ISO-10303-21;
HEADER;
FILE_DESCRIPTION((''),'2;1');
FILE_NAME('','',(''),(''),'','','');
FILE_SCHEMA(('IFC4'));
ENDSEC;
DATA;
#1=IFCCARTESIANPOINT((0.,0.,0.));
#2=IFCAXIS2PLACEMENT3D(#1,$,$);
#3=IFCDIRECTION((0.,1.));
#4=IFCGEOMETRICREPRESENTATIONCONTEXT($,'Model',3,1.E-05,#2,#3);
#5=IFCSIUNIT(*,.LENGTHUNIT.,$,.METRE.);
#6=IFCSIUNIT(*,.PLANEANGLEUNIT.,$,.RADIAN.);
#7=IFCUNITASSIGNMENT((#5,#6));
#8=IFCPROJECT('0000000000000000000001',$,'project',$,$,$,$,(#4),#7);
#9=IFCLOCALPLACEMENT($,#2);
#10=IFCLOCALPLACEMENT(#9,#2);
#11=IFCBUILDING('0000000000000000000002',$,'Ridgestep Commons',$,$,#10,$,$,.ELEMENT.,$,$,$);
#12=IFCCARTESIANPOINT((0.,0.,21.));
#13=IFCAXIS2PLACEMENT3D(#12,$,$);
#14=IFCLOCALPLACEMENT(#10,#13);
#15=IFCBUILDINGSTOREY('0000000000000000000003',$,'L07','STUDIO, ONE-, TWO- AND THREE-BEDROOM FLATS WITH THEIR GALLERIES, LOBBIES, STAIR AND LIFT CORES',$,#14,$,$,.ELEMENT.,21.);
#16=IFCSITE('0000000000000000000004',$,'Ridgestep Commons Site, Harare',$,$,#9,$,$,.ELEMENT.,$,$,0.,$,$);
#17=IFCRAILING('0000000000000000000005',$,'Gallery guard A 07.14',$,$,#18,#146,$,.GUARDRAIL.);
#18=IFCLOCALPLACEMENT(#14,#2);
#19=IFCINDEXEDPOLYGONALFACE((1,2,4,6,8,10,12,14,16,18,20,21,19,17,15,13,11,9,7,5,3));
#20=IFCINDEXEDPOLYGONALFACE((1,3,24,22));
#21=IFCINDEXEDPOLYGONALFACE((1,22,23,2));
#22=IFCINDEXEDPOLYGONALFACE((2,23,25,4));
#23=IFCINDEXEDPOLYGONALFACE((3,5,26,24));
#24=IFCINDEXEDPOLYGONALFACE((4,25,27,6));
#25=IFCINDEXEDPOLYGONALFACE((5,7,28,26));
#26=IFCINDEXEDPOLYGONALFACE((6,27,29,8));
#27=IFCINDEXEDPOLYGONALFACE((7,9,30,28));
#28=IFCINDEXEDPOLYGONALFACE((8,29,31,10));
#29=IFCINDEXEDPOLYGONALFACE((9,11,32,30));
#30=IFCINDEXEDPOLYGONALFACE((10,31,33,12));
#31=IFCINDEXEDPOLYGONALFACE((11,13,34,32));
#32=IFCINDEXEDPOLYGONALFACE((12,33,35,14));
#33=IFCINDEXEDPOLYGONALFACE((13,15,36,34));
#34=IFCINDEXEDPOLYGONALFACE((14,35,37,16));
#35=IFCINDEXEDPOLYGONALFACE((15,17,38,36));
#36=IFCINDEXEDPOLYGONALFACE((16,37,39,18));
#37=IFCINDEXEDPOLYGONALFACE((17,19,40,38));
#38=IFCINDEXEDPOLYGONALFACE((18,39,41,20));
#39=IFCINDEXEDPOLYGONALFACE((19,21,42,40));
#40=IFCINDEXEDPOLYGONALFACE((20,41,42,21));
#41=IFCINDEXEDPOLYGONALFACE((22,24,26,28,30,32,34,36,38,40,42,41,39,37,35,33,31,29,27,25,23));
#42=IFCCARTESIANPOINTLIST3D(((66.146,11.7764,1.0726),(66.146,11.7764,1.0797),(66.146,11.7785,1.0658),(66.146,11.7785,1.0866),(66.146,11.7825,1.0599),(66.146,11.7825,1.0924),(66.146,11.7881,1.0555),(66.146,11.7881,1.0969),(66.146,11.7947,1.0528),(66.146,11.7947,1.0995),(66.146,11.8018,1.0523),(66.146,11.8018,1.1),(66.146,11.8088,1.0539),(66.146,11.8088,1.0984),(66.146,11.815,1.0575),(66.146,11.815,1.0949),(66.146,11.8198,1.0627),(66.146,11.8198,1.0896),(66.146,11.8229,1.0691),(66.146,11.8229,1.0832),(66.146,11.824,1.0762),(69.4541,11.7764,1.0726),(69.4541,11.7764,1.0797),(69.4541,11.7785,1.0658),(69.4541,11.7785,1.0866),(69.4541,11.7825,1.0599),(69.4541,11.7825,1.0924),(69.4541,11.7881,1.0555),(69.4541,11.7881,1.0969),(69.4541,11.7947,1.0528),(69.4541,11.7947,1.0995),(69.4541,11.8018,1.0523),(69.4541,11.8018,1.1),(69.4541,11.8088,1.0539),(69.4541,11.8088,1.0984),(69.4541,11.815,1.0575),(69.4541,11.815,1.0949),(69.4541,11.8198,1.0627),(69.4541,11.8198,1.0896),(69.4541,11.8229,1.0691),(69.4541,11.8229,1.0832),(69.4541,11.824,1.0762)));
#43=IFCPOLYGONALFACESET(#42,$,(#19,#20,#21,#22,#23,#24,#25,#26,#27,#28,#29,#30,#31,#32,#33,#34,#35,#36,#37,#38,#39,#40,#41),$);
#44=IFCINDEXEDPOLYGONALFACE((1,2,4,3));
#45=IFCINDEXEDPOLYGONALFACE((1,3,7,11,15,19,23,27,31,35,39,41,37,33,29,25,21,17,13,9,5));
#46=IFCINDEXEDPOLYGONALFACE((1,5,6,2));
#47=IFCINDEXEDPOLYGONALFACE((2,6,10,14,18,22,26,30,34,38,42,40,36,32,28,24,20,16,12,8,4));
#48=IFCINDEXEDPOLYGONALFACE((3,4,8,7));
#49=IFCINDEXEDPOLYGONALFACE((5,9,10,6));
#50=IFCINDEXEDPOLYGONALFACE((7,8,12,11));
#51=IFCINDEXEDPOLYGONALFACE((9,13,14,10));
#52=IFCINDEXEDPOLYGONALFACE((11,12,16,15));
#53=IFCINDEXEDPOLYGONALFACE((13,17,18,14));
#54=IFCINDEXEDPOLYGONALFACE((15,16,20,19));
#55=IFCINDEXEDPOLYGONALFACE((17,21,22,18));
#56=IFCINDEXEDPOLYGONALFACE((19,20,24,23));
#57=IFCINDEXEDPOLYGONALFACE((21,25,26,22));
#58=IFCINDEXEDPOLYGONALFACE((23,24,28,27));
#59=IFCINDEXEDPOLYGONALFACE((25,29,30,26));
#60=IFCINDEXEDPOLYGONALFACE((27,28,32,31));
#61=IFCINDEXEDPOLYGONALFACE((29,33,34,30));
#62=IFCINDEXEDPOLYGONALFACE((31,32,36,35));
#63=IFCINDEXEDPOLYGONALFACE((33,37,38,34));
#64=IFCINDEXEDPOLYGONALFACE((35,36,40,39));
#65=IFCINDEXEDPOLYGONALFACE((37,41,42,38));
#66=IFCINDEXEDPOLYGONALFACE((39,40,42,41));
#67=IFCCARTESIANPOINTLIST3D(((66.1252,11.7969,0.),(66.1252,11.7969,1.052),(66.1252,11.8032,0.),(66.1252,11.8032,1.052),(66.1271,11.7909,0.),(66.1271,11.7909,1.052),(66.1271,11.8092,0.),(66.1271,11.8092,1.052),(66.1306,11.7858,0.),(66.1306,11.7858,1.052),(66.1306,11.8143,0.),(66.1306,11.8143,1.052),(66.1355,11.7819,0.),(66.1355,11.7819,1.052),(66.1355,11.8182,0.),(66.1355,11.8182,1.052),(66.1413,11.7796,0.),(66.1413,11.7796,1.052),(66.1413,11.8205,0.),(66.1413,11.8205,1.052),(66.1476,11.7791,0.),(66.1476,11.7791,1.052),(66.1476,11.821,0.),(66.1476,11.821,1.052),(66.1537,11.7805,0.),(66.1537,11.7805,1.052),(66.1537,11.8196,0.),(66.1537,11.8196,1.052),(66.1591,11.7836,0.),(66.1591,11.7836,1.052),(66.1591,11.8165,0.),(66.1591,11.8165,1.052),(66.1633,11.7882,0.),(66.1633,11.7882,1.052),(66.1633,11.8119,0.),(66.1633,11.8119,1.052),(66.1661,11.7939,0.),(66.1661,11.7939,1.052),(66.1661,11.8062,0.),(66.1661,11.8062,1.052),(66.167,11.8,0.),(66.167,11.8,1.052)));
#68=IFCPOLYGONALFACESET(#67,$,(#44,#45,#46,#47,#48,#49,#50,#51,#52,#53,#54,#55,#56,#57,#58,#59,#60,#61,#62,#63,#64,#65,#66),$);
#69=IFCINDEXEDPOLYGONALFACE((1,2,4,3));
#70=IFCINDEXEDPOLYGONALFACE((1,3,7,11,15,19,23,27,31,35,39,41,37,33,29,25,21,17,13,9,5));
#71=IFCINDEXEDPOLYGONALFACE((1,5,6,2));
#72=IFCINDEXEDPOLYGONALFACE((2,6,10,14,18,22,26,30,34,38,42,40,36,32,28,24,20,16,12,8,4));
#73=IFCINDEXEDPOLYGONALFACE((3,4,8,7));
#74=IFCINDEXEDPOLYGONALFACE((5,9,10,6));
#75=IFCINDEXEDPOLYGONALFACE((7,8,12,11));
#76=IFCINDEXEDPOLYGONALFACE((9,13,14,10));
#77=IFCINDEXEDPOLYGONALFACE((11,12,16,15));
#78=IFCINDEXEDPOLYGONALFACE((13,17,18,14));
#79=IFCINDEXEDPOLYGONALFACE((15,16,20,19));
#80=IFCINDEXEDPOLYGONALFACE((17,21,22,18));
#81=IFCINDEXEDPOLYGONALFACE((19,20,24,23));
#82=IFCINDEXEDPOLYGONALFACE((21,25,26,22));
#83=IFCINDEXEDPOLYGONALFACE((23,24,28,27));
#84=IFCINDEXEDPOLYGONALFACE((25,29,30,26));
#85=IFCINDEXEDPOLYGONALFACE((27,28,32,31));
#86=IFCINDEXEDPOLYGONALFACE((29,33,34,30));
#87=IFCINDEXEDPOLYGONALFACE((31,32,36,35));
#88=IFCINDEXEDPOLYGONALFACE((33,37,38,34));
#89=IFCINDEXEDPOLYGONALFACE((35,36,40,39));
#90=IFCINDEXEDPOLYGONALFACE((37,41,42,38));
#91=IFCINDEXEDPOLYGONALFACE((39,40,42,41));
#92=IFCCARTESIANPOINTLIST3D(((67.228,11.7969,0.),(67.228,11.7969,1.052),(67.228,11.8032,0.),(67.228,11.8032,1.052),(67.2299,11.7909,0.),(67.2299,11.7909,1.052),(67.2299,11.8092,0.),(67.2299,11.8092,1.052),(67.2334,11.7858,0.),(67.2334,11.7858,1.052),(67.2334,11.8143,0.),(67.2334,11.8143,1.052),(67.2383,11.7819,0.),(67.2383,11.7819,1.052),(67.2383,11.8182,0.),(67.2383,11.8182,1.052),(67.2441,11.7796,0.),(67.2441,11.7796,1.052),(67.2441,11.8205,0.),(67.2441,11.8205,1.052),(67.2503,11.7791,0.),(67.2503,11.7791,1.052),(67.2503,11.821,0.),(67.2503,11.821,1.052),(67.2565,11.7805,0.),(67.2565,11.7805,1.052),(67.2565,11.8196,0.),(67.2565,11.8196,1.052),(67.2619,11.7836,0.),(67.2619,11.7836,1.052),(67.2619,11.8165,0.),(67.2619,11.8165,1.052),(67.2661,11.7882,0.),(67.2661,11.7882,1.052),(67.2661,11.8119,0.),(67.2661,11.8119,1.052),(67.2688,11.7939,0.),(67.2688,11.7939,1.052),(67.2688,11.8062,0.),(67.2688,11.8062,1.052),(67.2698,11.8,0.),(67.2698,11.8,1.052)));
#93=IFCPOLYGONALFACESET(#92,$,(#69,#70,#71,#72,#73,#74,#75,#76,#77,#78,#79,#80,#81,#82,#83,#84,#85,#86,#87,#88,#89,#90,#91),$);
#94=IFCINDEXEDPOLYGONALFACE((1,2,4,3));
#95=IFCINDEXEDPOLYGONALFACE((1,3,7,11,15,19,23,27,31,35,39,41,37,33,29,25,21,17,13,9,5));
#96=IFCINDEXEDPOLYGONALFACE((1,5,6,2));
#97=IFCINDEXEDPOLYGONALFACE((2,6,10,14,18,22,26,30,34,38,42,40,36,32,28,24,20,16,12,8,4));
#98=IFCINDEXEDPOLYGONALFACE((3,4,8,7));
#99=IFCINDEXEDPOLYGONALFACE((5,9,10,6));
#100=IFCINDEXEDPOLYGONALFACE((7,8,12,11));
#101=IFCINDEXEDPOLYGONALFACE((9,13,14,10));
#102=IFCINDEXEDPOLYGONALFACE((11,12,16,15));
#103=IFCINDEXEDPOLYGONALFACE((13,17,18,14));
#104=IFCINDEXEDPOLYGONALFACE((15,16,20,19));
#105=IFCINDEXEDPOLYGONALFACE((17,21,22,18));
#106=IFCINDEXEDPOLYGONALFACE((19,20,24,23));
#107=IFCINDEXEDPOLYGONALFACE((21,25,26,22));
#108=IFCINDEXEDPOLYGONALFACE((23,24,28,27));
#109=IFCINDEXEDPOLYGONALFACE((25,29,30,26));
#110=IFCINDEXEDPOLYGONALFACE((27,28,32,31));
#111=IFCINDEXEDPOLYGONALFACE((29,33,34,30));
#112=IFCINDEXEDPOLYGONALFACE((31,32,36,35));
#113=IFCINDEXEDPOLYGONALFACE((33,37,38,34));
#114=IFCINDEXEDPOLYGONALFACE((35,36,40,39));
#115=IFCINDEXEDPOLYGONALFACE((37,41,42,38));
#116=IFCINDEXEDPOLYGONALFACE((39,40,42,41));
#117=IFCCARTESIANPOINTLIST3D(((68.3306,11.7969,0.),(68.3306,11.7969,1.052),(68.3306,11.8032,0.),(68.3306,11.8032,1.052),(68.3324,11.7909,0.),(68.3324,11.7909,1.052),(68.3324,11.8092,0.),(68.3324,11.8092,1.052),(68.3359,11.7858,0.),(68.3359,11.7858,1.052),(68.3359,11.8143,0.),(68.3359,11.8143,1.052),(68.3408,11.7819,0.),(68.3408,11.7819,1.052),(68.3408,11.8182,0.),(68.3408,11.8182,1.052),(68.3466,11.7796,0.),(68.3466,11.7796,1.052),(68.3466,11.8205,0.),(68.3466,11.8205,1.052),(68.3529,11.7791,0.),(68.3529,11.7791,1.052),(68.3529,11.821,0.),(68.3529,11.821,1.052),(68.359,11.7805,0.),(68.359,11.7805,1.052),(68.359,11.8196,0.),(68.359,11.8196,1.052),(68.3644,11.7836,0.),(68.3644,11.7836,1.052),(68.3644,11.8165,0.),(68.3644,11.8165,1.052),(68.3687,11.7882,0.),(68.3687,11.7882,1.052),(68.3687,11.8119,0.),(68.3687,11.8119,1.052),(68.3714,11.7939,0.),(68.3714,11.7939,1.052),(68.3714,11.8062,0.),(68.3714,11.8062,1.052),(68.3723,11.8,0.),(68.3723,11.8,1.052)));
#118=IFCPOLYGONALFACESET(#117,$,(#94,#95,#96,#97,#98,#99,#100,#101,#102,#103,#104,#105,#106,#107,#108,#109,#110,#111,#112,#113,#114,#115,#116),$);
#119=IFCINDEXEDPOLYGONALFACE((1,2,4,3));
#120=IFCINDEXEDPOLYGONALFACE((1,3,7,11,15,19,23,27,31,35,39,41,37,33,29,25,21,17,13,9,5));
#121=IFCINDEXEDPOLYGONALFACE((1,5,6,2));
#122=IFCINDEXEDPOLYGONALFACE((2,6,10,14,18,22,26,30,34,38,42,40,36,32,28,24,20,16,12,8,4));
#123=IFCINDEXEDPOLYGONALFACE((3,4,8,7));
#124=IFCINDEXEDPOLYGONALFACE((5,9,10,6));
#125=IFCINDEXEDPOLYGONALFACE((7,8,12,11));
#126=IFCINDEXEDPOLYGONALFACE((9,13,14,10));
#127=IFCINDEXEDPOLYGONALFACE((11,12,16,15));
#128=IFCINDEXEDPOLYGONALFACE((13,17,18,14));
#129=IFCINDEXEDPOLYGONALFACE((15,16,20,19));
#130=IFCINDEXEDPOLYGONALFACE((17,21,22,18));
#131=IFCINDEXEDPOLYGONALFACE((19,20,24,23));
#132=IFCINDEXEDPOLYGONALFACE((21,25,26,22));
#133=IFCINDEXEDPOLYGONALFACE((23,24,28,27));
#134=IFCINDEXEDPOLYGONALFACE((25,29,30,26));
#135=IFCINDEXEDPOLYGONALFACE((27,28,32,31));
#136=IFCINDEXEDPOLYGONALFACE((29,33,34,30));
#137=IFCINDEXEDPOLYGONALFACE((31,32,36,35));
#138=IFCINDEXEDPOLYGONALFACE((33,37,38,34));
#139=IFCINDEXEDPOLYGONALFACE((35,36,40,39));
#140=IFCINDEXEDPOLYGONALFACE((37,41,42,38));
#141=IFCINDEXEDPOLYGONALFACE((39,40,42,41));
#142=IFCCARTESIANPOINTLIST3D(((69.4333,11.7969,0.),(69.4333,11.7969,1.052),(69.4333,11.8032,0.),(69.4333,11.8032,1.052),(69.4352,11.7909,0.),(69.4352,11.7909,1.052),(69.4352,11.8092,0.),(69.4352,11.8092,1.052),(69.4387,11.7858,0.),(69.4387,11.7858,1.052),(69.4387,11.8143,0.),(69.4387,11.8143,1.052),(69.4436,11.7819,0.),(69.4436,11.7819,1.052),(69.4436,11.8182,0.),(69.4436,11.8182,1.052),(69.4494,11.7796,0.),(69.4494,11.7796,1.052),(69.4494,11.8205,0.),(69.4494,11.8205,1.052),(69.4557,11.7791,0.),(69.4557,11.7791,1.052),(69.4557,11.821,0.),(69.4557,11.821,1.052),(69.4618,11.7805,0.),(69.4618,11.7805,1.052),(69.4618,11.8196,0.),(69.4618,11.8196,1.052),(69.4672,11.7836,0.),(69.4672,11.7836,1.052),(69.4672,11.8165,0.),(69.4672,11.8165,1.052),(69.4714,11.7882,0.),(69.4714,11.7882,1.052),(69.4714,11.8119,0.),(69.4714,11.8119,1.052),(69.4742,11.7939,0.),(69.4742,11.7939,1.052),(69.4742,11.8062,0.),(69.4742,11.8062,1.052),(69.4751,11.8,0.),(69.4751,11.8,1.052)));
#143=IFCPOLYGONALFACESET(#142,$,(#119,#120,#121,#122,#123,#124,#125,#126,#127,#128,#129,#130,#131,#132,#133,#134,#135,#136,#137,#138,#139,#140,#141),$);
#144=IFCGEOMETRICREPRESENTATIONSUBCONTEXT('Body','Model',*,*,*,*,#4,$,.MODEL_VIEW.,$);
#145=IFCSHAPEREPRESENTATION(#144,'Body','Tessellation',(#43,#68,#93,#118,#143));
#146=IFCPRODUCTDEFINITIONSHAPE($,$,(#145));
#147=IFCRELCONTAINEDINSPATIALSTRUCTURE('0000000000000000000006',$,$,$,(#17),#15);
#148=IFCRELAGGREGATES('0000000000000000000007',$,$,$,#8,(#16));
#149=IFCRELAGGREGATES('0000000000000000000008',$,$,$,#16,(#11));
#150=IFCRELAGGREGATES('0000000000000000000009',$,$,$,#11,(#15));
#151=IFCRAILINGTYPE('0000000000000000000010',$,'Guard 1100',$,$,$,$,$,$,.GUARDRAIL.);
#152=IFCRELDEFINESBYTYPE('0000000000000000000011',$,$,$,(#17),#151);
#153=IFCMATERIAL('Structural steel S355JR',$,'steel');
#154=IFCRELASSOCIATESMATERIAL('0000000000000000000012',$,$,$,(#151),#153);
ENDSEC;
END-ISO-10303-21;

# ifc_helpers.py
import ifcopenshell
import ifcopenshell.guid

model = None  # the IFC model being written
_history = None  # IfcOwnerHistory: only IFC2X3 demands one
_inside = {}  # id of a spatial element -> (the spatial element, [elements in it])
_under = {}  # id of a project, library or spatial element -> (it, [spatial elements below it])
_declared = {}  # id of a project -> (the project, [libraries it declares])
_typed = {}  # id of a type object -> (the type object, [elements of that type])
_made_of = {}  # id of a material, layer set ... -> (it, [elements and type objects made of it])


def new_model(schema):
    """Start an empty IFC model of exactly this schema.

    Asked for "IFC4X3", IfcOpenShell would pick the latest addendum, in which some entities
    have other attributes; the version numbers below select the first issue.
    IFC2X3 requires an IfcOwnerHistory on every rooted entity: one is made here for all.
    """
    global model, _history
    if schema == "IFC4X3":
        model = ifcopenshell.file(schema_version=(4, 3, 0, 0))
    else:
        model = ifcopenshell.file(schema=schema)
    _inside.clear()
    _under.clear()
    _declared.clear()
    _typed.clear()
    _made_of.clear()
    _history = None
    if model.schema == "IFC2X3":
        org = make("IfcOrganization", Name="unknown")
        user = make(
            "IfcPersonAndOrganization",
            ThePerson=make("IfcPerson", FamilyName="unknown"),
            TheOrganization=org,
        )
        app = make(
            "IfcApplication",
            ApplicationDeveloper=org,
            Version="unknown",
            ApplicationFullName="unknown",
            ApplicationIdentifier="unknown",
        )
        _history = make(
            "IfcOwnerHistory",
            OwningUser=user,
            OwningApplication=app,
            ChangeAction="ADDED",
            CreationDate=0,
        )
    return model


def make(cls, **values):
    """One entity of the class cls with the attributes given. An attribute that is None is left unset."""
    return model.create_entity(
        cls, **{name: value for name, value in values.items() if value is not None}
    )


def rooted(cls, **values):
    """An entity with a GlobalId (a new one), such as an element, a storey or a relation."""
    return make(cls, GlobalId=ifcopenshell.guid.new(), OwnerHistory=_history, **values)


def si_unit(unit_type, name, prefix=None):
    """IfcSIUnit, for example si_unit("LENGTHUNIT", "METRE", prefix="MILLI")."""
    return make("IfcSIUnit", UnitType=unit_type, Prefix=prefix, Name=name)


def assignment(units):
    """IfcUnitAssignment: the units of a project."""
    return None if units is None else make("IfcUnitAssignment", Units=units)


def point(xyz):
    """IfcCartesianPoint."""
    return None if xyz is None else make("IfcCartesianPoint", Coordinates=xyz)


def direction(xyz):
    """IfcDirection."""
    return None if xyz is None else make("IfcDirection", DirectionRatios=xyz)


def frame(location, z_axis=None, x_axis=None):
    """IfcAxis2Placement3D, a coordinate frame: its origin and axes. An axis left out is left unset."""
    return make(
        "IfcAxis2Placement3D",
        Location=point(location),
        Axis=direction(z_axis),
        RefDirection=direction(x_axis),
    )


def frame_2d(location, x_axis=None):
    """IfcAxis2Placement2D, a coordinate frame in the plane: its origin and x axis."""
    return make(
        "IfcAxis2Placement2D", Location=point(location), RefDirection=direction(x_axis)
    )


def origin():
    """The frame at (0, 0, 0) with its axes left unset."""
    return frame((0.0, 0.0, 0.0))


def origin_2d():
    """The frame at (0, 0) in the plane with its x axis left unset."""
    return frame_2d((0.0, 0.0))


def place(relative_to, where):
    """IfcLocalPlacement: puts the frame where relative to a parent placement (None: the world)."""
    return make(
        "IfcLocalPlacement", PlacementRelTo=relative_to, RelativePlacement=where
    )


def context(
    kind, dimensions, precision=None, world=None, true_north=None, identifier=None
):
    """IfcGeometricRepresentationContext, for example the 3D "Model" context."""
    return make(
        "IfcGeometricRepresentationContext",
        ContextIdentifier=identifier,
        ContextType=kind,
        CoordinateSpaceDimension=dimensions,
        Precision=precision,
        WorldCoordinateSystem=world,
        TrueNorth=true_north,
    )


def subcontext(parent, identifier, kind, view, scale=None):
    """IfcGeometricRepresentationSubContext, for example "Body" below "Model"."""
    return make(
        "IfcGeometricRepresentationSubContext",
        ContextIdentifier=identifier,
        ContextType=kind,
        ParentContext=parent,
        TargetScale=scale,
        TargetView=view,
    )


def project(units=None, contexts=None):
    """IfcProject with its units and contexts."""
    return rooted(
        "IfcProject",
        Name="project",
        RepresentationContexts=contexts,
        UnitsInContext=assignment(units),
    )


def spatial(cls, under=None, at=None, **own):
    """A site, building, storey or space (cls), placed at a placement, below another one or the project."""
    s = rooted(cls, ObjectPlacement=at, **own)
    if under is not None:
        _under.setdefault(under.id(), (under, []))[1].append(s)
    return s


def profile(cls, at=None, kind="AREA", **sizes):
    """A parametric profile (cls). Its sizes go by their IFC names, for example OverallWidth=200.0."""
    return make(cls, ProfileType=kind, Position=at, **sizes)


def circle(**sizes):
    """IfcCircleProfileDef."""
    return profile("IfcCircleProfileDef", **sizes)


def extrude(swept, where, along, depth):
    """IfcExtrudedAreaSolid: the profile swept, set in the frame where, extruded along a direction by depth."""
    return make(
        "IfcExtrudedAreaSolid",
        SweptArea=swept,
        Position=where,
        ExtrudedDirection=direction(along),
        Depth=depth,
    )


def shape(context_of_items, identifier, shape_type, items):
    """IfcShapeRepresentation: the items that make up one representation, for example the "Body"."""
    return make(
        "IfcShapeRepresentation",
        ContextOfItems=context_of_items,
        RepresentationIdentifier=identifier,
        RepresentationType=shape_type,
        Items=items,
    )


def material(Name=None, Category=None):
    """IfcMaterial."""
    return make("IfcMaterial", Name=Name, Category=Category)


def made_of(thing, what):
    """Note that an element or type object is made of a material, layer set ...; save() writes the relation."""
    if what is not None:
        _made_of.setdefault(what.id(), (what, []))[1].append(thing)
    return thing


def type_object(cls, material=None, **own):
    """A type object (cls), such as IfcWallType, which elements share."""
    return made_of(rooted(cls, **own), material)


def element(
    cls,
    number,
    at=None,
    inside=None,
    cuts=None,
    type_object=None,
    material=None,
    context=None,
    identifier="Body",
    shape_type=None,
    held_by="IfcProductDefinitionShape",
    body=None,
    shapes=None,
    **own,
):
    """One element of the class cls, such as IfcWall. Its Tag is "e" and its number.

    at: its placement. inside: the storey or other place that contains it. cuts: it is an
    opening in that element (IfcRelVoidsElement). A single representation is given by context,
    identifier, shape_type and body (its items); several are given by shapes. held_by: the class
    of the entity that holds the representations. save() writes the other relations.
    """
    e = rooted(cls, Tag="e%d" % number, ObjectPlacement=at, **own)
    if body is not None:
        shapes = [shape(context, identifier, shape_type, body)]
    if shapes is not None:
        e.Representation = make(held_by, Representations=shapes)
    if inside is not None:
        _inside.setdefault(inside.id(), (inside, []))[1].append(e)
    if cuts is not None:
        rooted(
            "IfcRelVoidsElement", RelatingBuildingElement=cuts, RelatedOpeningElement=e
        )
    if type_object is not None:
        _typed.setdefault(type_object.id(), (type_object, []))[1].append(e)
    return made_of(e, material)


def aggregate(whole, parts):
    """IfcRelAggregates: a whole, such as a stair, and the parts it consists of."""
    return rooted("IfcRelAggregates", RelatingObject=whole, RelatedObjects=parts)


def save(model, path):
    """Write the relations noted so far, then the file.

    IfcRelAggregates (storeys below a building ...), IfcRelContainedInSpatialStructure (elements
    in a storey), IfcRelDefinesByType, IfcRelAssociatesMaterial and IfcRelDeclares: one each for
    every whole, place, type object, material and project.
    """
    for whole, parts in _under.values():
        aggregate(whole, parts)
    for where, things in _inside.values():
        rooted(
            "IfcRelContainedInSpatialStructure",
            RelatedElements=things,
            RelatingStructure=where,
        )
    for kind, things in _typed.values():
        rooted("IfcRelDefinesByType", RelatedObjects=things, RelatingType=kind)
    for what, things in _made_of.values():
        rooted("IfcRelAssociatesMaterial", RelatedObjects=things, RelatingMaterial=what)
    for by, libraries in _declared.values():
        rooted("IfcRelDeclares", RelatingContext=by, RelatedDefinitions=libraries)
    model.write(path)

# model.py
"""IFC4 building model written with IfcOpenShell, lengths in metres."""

from ifc_helpers import new_model, si_unit, direction, frame, origin, origin_2d, place, context, subcontext, project, spatial, circle, extrude, material, type_object, element, save


model = new_model("IFC4")

# Units and contexts
model_context = context("Model", 3, precision=1e-05, world=origin(), true_north=direction((0.0, 1.0)))
body_context = subcontext(model_context, "Body", "Model", "MODEL_VIEW")
ifc_project = project(units=[si_unit("LENGTHUNIT", "METRE"), si_unit("PLANEANGLEUNIT", "RADIAN")], contexts=[model_context])

# Site, building, storey
site_placement = place(None, origin())
site = spatial("IfcSite", under=ifc_project, at=site_placement, Name="Ridgestep Commons Site, Harare", CompositionType="ELEMENT", RefElevation=0.0)
building_placement = place(site_placement, origin())
building = spatial("IfcBuilding", under=site, at=building_placement, Name="Ridgestep Commons", CompositionType="ELEMENT")
storey_placement = place(building_placement, frame((0.0, 0.0, 21.0)))
storey = spatial("IfcBuildingStorey", under=building, at=storey_placement, Name="L07", Description="STUDIO, ONE-, TWO- AND THREE-BEDROOM FLATS WITH THEIR GALLERIES, LOBBIES, STAIR AND LIFT CORES", CompositionType="ELEMENT", Elevation=21.0)

# Railing
ifc_material_1 = material(Name="Structural steel S355JR", Category="steel")
railing_type = type_object("IfcRailingType", Name="Guard 1100", PredefinedType="GUARDRAIL", material=ifc_material_1)
railing_1_placement = place(storey_placement, frame((66.146, 11.8, 0.0)))
element("IfcRailing", 1, at=railing_1_placement, inside=storey, type_object=railing_type, Name="Gallery guard A 07.14", PredefinedType="GUARDRAIL", context=body_context, shape_type="SweptSolid", body=[
    extrude(circle(Radius=0.0239, at=origin_2d()), frame((0.0, 0.0, 1.0762), z_axis=(1.0, 0.0, 0.0), x_axis=(0.0, 1.0, 0.0)), (0.0, 0.0, 1.0), 3.3081),
    extrude(circle(Radius=0.021, at=origin_2d()), origin(), (0.0, 0.0, 1.0), 1.052),
    extrude(circle(Radius=0.021, at=origin_2d()), frame((1.1028, 0.0, 0.0)), (0.0, 0.0, 1.0), 1.052),
    extrude(circle(Radius=0.021, at=origin_2d()), frame((2.2053, 0.0, 0.0)), (0.0, 0.0, 1.0), 1.052),
    extrude(circle(Radius=0.021, at=origin_2d()), frame((3.3081, 0.0, 0.0)), (0.0, 0.0, 1.0), 1.052),
])

save(model, "model.ifc")
